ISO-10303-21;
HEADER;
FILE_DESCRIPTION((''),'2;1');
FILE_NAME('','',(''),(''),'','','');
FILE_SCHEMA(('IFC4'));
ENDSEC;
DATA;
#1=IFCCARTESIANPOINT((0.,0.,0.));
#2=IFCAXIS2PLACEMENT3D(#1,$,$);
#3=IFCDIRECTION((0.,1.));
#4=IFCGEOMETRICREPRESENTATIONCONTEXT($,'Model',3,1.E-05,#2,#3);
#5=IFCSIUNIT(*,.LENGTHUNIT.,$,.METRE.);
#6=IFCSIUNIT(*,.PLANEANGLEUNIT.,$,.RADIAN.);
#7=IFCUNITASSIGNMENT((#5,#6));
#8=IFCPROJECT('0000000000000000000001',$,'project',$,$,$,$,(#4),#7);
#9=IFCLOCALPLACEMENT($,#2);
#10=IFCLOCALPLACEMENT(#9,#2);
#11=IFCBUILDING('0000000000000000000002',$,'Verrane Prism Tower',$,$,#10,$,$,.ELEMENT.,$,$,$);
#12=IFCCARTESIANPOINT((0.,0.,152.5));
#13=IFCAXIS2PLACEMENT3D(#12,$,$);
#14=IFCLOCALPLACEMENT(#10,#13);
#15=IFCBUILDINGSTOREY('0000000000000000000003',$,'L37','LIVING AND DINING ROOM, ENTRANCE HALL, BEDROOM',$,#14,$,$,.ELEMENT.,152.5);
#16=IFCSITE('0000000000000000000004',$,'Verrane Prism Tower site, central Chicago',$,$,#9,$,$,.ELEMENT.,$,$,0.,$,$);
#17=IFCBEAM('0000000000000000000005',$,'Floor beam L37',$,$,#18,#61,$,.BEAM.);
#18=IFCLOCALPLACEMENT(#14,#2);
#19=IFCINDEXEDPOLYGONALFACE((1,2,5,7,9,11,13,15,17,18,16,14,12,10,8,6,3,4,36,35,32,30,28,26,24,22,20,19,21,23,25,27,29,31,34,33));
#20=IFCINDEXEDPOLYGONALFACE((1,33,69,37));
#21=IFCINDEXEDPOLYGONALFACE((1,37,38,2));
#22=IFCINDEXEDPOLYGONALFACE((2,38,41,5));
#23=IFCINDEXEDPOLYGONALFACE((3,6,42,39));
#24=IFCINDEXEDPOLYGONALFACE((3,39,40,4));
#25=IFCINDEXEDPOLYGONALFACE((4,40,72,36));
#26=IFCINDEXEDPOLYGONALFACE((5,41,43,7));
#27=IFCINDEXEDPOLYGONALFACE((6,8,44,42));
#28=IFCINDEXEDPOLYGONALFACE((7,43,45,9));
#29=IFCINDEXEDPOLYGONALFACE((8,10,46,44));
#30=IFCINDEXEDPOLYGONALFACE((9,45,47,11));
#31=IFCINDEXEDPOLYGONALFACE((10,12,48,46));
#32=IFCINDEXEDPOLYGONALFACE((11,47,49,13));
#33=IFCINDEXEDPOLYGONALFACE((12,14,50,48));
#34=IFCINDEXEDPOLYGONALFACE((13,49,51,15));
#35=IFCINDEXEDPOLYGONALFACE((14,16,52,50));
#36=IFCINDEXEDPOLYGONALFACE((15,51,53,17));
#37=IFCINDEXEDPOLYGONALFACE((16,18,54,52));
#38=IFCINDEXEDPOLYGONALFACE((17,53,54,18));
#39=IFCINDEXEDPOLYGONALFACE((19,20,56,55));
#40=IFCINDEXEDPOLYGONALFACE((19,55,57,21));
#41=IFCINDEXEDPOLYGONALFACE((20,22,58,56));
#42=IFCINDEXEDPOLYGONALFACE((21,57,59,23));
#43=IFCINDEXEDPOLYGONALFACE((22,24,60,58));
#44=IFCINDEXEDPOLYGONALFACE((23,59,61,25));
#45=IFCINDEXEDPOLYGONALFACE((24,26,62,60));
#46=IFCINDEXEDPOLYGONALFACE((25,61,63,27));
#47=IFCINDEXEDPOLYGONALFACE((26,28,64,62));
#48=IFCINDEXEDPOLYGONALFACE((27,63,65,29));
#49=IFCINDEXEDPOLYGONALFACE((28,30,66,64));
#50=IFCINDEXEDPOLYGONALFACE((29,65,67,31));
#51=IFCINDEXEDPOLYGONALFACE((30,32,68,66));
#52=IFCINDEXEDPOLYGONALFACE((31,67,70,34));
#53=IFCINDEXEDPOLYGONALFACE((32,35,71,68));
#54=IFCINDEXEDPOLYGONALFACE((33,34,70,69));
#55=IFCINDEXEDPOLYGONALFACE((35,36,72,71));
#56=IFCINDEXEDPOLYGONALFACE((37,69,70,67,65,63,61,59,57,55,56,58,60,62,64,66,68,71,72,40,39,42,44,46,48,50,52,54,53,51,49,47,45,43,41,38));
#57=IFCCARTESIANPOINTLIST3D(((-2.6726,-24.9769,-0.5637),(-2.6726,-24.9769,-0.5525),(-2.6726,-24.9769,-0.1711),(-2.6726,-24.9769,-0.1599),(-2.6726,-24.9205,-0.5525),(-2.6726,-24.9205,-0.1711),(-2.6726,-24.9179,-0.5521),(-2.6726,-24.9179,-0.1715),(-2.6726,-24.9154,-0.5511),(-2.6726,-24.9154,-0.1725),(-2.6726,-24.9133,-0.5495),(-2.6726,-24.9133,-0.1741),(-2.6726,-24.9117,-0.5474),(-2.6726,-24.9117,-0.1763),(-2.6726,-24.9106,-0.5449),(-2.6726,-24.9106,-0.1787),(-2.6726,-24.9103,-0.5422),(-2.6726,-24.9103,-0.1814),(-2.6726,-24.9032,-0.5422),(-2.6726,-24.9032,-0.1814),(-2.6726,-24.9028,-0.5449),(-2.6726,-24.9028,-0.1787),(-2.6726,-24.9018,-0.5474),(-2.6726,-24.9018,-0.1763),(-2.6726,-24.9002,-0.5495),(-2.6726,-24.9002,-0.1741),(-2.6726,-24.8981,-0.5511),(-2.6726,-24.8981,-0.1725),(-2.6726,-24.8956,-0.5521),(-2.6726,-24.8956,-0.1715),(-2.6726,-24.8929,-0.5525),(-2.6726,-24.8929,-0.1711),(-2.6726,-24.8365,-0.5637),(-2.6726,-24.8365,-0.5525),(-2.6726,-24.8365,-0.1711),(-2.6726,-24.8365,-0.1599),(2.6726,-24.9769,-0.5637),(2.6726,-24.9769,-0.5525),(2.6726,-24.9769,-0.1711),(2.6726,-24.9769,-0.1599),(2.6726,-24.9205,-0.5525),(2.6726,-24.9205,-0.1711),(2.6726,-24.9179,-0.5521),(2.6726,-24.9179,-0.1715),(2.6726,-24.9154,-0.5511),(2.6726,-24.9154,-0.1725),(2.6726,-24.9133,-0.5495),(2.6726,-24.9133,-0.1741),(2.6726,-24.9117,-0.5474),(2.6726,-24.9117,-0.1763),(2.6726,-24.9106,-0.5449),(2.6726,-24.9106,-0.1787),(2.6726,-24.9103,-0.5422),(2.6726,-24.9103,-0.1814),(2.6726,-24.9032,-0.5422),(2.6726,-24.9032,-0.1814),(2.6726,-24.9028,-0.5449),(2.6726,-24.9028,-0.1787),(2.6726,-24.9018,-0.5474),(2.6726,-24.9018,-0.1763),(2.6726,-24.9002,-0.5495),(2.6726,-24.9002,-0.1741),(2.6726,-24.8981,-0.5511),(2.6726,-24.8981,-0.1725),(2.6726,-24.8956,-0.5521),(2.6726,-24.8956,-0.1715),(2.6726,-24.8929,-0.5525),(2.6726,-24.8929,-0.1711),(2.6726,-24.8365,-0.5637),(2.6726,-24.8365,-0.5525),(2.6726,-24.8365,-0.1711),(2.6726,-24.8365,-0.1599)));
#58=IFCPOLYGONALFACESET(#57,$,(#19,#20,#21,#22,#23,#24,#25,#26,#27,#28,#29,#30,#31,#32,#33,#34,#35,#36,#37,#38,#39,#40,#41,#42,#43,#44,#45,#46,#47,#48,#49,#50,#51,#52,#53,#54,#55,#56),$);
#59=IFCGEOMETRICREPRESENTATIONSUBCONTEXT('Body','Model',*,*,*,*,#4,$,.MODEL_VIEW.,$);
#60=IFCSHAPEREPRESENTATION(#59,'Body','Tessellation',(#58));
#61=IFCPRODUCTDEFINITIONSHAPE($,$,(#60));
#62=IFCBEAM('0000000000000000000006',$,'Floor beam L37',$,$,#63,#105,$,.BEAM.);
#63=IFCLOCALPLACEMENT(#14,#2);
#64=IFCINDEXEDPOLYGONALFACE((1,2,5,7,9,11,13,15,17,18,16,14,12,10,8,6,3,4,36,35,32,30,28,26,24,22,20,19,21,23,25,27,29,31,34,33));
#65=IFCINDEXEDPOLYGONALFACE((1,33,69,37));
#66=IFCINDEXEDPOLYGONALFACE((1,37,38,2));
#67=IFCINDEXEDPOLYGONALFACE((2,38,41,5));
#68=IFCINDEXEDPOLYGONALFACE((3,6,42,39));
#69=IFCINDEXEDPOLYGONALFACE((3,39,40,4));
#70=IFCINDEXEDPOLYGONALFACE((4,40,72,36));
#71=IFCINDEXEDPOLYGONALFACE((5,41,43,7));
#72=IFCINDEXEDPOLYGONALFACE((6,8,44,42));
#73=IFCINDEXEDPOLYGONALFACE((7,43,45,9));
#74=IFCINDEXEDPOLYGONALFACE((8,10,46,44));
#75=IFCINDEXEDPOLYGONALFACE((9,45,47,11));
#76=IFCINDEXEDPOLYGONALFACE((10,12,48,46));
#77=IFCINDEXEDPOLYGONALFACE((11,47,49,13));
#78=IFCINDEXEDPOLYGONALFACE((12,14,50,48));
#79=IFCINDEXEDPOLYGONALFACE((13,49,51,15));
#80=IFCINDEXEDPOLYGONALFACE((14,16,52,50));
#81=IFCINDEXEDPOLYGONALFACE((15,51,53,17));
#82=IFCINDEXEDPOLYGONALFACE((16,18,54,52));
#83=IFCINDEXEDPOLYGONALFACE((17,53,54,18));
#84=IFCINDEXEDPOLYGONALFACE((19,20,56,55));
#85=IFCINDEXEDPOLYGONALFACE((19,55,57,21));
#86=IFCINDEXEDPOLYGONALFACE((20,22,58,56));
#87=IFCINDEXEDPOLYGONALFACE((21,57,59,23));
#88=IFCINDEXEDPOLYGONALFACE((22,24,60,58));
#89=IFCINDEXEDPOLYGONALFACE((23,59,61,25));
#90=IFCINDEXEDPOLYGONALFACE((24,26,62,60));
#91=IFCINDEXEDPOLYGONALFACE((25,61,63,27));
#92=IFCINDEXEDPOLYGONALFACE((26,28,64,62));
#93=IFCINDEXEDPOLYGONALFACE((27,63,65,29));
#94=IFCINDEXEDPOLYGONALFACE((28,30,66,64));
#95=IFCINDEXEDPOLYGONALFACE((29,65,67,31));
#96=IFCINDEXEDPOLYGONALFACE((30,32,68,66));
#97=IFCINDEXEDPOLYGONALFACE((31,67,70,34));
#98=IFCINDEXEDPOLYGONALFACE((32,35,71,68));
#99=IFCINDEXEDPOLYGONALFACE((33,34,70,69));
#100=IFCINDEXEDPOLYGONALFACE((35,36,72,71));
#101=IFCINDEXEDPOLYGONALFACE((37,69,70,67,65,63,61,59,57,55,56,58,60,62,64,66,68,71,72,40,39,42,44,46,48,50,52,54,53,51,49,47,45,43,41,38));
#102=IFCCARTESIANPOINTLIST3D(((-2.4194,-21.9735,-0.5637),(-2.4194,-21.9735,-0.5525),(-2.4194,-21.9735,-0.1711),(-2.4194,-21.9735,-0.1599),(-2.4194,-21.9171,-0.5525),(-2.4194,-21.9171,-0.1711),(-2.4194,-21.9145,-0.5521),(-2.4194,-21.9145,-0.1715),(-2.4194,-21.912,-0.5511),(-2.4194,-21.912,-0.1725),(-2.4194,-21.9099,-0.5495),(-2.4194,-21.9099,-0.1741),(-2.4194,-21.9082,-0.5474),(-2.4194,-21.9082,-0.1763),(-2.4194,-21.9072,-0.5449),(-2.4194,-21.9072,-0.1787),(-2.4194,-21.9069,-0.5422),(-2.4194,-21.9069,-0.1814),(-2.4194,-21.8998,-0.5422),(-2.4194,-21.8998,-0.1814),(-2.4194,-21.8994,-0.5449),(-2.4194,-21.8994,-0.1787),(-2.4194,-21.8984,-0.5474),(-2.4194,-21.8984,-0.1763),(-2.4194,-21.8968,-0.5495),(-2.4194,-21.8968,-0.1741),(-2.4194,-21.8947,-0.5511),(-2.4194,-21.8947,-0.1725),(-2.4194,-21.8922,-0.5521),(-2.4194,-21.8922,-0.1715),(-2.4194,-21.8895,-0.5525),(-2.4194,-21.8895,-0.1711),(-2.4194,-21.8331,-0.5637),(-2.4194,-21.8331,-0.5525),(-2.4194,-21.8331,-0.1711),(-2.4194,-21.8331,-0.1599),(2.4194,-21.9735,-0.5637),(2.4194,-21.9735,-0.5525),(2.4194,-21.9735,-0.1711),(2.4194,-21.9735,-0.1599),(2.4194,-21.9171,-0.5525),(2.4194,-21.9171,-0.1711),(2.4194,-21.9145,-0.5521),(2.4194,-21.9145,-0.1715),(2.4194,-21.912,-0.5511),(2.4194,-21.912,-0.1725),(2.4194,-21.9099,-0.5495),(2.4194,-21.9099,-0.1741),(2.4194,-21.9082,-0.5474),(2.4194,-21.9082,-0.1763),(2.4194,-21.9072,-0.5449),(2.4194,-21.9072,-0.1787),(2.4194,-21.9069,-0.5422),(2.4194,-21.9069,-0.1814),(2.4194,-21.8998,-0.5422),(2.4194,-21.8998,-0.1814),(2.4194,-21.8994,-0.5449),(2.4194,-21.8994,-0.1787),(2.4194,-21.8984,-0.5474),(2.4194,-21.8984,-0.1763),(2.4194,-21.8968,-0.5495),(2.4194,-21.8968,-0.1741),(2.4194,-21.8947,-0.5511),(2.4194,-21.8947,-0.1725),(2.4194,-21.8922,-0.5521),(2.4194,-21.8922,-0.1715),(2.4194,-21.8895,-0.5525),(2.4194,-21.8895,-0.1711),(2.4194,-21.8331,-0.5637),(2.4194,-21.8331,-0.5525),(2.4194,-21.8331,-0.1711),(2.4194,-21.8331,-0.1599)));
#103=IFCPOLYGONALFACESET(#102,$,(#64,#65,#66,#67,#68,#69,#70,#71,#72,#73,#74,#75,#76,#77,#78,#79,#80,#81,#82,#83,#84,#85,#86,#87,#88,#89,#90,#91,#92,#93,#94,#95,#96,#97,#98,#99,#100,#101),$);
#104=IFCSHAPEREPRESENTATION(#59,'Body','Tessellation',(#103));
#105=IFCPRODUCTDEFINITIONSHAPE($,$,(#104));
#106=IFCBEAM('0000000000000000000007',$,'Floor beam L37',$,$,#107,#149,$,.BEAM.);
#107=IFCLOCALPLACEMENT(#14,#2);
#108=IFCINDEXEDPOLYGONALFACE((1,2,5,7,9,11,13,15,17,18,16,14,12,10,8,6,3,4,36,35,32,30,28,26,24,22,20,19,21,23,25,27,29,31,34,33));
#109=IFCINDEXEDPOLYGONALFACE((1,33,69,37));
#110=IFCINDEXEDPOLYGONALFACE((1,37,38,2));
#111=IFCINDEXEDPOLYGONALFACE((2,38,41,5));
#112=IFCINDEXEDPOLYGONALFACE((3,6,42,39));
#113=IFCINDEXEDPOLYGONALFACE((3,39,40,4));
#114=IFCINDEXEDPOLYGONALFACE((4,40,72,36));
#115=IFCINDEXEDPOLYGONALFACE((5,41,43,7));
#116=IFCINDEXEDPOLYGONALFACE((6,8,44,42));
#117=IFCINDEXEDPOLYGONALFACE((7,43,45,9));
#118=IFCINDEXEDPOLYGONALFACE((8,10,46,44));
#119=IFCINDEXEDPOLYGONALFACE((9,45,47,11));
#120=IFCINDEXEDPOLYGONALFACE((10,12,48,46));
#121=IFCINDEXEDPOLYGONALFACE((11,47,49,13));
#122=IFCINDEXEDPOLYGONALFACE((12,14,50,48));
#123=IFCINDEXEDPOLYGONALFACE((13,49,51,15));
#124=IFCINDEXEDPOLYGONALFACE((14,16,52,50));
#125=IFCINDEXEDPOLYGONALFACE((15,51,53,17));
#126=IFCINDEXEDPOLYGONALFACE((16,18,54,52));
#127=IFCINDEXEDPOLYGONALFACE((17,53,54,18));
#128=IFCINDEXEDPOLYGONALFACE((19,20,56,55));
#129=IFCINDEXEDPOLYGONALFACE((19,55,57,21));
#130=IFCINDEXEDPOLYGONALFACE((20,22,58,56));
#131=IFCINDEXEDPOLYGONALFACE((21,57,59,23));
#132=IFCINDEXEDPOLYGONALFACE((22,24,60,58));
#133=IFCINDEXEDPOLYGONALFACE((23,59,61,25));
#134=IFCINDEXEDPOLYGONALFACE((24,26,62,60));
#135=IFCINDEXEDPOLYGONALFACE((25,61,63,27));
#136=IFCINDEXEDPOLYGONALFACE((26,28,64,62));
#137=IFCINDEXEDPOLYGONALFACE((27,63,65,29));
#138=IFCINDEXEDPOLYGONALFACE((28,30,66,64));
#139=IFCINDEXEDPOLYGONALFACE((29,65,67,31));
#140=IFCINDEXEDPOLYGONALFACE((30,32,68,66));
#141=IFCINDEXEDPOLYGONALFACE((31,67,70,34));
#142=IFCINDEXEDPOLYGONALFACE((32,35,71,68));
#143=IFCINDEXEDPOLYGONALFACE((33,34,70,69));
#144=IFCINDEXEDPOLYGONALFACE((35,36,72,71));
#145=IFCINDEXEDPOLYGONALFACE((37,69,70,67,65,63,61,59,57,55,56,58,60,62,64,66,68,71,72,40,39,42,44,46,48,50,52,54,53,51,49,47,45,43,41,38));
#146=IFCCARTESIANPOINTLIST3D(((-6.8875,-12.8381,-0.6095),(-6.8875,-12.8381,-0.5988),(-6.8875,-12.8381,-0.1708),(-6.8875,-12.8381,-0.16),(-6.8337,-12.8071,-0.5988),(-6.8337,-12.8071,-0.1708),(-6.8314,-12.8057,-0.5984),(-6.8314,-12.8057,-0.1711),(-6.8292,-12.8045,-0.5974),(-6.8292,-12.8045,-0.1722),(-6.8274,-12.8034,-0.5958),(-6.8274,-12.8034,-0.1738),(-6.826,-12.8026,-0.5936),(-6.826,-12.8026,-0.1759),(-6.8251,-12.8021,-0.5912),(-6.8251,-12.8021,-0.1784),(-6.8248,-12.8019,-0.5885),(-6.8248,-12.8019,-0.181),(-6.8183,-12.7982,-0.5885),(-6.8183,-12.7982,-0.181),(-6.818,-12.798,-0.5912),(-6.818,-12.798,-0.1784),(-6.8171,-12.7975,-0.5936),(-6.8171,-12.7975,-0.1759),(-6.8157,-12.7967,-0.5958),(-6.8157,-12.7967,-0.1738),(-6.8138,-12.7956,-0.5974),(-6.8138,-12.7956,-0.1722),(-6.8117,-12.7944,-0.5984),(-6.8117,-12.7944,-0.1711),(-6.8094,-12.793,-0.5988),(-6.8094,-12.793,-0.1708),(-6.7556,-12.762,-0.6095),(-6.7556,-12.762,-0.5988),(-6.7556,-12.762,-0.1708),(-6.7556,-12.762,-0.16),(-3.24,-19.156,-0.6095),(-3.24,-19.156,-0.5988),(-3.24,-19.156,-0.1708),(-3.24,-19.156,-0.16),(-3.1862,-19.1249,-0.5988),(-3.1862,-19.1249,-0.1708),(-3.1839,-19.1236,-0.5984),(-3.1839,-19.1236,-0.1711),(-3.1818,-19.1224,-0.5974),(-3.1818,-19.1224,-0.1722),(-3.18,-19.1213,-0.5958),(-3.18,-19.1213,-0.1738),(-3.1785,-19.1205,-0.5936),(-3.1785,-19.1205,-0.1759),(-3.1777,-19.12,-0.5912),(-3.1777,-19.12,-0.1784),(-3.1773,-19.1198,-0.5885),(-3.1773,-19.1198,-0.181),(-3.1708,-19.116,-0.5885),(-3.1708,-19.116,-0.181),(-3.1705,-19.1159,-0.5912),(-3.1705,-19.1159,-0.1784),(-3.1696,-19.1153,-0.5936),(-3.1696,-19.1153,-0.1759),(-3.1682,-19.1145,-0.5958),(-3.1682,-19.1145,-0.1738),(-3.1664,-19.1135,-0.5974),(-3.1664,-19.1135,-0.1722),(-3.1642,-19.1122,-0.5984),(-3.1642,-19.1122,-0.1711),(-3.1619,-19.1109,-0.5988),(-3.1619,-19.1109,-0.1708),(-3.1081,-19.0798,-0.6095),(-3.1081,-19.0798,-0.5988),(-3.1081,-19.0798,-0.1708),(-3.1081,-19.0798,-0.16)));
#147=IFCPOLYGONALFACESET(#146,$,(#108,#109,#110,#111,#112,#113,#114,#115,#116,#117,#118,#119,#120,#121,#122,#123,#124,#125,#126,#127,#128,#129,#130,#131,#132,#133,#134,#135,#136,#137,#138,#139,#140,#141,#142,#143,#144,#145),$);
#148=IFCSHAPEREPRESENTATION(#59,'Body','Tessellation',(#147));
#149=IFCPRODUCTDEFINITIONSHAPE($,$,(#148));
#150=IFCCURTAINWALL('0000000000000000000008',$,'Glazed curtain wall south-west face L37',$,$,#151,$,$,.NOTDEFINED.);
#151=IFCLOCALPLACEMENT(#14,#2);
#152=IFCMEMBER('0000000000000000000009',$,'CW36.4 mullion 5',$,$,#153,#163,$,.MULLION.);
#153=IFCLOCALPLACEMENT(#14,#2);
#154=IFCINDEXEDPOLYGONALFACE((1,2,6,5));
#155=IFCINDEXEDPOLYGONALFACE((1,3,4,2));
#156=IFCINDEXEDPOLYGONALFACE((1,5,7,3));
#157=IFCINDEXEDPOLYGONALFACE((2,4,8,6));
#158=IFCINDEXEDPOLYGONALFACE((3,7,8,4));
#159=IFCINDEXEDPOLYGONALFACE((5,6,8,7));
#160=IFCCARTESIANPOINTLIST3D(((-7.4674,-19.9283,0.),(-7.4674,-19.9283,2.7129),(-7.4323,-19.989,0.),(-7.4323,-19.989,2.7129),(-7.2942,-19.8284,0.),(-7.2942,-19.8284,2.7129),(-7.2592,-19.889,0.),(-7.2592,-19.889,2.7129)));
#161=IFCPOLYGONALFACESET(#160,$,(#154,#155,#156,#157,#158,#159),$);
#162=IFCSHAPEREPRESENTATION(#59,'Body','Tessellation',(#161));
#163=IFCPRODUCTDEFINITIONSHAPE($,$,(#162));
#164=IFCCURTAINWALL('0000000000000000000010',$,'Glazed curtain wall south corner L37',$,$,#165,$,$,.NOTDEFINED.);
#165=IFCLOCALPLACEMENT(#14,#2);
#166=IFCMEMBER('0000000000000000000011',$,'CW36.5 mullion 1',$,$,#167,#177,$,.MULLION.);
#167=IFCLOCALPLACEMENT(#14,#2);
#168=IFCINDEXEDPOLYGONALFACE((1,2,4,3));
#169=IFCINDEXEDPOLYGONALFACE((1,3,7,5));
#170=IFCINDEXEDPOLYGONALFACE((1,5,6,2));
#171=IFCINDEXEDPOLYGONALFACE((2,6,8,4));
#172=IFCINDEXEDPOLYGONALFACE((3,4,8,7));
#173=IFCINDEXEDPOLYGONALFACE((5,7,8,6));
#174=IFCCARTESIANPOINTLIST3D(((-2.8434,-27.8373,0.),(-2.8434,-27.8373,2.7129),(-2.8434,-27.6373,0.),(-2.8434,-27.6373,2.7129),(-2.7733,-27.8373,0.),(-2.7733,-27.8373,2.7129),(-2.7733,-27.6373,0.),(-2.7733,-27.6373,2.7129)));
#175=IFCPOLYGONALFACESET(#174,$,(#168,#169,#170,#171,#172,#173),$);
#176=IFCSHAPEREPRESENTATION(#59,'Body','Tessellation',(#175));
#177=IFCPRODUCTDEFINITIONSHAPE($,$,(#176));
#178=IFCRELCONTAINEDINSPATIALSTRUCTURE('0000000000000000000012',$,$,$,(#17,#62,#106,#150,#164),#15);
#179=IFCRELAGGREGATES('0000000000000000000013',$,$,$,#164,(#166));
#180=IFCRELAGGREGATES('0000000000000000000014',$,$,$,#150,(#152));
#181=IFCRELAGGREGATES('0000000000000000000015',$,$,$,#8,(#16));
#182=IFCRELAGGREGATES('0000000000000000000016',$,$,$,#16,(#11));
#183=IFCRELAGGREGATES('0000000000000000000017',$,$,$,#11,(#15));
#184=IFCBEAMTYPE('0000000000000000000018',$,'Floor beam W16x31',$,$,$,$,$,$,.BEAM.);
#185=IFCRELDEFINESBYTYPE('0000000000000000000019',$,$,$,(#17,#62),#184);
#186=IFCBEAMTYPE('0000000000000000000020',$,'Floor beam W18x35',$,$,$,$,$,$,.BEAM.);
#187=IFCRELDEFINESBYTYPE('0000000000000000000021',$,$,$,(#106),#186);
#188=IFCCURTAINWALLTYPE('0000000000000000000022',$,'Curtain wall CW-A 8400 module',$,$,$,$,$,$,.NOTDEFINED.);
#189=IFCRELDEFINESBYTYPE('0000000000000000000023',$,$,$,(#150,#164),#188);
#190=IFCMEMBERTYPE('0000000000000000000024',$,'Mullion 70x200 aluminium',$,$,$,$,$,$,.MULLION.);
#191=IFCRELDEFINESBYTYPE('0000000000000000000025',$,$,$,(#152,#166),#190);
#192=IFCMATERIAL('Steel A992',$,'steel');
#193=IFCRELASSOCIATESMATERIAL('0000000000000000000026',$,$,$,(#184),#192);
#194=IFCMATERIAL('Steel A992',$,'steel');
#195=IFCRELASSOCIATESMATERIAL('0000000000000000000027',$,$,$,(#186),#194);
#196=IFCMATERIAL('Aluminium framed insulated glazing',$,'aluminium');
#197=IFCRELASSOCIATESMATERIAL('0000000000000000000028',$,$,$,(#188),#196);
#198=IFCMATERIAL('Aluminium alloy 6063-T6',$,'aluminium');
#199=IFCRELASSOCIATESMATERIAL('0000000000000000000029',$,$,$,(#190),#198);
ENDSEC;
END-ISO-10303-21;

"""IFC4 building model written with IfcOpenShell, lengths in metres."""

from ifc_helpers import new_model, si_unit, direction, frame, origin, origin_2d, place, context, subcontext, project, spatial, rectangle, i_section, extrude, material, material_profile, profile_set, type_object, element, aggregate, save


model = new_model("IFC4")

# Units and contexts
model_context = context("Model", 3, precision=1e-05, world=origin(), true_north=direction((0.0, 1.0)))
body_context = subcontext(model_context, "Body", "Model", "MODEL_VIEW")
ifc_project = project(units=[si_unit("LENGTHUNIT", "METRE"), si_unit("PLANEANGLEUNIT", "RADIAN")], contexts=[model_context])

# Site, building, storey
site_placement = place(None, origin())
site = spatial("IfcSite", under=ifc_project, at=site_placement, Name="Verrane Prism Tower site, central Chicago", CompositionType="ELEMENT", RefElevation=0.0)
building_placement = place(site_placement, origin())
building = spatial("IfcBuilding", under=site, at=building_placement, Name="Verrane Prism Tower", CompositionType="ELEMENT")
storey_placement = place(building_placement, frame((0.0, 0.0, 152.5)))
storey = spatial("IfcBuildingStorey", under=building, at=storey_placement, Name="L37", Description="LIVING AND DINING ROOM, ENTRANCE HALL, BEDROOM", CompositionType="ELEMENT", Elevation=152.5)

# Beams
ifc_material_1 = material(Name="Steel A992", Category="steel")
ifc_material_profile_1 = material_profile(ifc_material_1, i_section(OverallWidth=0.1404, OverallDepth=0.4038, WebThickness=0.0071, FlangeThickness=0.0112, FilletRadius=0.0103, at=origin_2d()), Name="W16x31")
ifc_profile_set_1 = profile_set([ifc_material_profile_1], Name="Steel A992")
beam_type_1 = type_object("IfcBeamType", Name="Floor beam W16x31", PredefinedType="BEAM", material=ifc_profile_set_1)
beam_1_placement = place(storey_placement, frame((-2.6726, -24.9067, -0.3618), z_axis=(1.0, 0.0, 0.0), x_axis=(0.0, 1.0, 0.0)))
element("IfcBeam", 1, at=beam_1_placement, inside=storey, type_object=beam_type_1, Name="Floor beam L37", PredefinedType="BEAM", context=body_context, shape_type="SweptSolid", body=[
    extrude(i_section(OverallWidth=0.1404, OverallDepth=0.4038, WebThickness=0.0071, FlangeThickness=0.0112, FilletRadius=0.0103, at=origin_2d()), origin(), (0.0, 0.0, 1.0), 5.3452),
])
beam_2_placement = place(storey_placement, frame((-2.4194, -21.9033, -0.3618), z_axis=(1.0, 0.0, 0.0), x_axis=(0.0, 1.0, 0.0)))
element("IfcBeam", 2, at=beam_2_placement, inside=storey, type_object=beam_type_1, Name="Floor beam L37", PredefinedType="BEAM", context=body_context, shape_type="SweptSolid", body=[
    extrude(i_section(OverallWidth=0.1404, OverallDepth=0.4038, WebThickness=0.0071, FlangeThickness=0.0112, FilletRadius=0.0103, at=origin_2d()), origin(), (0.0, 0.0, 1.0), 4.8389),
])
ifc_material_2 = material(Name="Steel A992", Category="steel")
ifc_material_profile_2 = material_profile(ifc_material_2, i_section(OverallWidth=0.1523, OverallDepth=0.4495, WebThickness=0.0076, FlangeThickness=0.0107, FilletRadius=0.0103, at=origin_2d()), Name="W18x35")
ifc_profile_set_2 = profile_set([ifc_material_profile_2], Name="Steel A992")
beam_type_2 = type_object("IfcBeamType", Name="Floor beam W18x35", PredefinedType="BEAM", material=ifc_profile_set_2)
beam_3_placement = place(storey_placement, frame((-3.1741, -19.1179, -0.3848), z_axis=(-0.499983, 0.866035, 0.0), x_axis=(-0.866035, -0.499983, 0.0)))
element("IfcBeam", 3, at=beam_3_placement, inside=storey, type_object=beam_type_2, Name="Floor beam L37", PredefinedType="BEAM", context=body_context, shape_type="SweptSolid", body=[
    extrude(i_section(OverallWidth=0.1523, OverallDepth=0.4495, WebThickness=0.0076, FlangeThickness=0.0107, FilletRadius=0.0103, at=origin_2d()), origin(), (0.0, 0.0, 1.0), 7.2952),
])

# Curtain walls, members
ifc_material_3 = material(Name="Aluminium framed insulated glazing", Category="aluminium")
curtain_wall_type = type_object("IfcCurtainWallType", Name="Curtain wall CW-A 8400 module", PredefinedType="NOTDEFINED", material=ifc_material_3)
curtain_wall_1_placement = place(storey_placement, origin())
curtain_wall_1 = element("IfcCurtainWall", 4, at=curtain_wall_1_placement, inside=storey, type_object=curtain_wall_type, Name="Glazed curtain wall south-west face L37", PredefinedType="NOTDEFINED")
ifc_material_4 = material(Name="Aluminium alloy 6063-T6", Category="aluminium")
ifc_material_profile_3 = material_profile(ifc_material_4, rectangle(XDim=0.2, YDim=0.0701, at=origin_2d()), Name="Mullion 70x200 aluminium")
ifc_profile_set_3 = profile_set([ifc_material_profile_3], Name="Aluminium alloy 6063-T6")
member_type_1 = type_object("IfcMemberType", Name="Mullion 70x200 aluminium", PredefinedType="MULLION", material=ifc_profile_set_3)
member_1_placement = place(storey_placement, frame((-7.3633, -19.9087, 0.0), z_axis=(0.0, 0.0, 1.0), x_axis=(0.866025, 0.500001, 0.0)))
member_1 = element("IfcMember", 5, at=member_1_placement, type_object=member_type_1, Name="CW36.4 mullion 5", PredefinedType="MULLION", context=body_context, shape_type="SweptSolid", body=[
    extrude(rectangle(XDim=0.2, YDim=0.0701, at=origin_2d()), origin(), (0.0, 0.0, 1.0), 2.7129),
])
curtain_wall_2_placement = place(storey_placement, origin())
curtain_wall_2 = element("IfcCurtainWall", 6, at=curtain_wall_2_placement, inside=storey, type_object=curtain_wall_type, Name="Glazed curtain wall south corner L37", PredefinedType="NOTDEFINED")
member_2_placement = place(storey_placement, frame((-2.8083, -27.7373, 0.0), z_axis=(0.0, 0.0, 1.0), x_axis=(0.0, 1.0, 0.0)))
member_2 = element("IfcMember", 7, at=member_2_placement, type_object=member_type_1, Name="CW36.5 mullion 1", PredefinedType="MULLION", context=body_context, shape_type="SweptSolid", body=[
    extrude(rectangle(XDim=0.2, YDim=0.0701, at=origin_2d()), origin(), (0.0, 0.0, 1.0), 2.7129),
])

aggregate(curtain_wall_2, [member_2])

aggregate(curtain_wall_1, [member_1])

save(model, "model.ifc")
